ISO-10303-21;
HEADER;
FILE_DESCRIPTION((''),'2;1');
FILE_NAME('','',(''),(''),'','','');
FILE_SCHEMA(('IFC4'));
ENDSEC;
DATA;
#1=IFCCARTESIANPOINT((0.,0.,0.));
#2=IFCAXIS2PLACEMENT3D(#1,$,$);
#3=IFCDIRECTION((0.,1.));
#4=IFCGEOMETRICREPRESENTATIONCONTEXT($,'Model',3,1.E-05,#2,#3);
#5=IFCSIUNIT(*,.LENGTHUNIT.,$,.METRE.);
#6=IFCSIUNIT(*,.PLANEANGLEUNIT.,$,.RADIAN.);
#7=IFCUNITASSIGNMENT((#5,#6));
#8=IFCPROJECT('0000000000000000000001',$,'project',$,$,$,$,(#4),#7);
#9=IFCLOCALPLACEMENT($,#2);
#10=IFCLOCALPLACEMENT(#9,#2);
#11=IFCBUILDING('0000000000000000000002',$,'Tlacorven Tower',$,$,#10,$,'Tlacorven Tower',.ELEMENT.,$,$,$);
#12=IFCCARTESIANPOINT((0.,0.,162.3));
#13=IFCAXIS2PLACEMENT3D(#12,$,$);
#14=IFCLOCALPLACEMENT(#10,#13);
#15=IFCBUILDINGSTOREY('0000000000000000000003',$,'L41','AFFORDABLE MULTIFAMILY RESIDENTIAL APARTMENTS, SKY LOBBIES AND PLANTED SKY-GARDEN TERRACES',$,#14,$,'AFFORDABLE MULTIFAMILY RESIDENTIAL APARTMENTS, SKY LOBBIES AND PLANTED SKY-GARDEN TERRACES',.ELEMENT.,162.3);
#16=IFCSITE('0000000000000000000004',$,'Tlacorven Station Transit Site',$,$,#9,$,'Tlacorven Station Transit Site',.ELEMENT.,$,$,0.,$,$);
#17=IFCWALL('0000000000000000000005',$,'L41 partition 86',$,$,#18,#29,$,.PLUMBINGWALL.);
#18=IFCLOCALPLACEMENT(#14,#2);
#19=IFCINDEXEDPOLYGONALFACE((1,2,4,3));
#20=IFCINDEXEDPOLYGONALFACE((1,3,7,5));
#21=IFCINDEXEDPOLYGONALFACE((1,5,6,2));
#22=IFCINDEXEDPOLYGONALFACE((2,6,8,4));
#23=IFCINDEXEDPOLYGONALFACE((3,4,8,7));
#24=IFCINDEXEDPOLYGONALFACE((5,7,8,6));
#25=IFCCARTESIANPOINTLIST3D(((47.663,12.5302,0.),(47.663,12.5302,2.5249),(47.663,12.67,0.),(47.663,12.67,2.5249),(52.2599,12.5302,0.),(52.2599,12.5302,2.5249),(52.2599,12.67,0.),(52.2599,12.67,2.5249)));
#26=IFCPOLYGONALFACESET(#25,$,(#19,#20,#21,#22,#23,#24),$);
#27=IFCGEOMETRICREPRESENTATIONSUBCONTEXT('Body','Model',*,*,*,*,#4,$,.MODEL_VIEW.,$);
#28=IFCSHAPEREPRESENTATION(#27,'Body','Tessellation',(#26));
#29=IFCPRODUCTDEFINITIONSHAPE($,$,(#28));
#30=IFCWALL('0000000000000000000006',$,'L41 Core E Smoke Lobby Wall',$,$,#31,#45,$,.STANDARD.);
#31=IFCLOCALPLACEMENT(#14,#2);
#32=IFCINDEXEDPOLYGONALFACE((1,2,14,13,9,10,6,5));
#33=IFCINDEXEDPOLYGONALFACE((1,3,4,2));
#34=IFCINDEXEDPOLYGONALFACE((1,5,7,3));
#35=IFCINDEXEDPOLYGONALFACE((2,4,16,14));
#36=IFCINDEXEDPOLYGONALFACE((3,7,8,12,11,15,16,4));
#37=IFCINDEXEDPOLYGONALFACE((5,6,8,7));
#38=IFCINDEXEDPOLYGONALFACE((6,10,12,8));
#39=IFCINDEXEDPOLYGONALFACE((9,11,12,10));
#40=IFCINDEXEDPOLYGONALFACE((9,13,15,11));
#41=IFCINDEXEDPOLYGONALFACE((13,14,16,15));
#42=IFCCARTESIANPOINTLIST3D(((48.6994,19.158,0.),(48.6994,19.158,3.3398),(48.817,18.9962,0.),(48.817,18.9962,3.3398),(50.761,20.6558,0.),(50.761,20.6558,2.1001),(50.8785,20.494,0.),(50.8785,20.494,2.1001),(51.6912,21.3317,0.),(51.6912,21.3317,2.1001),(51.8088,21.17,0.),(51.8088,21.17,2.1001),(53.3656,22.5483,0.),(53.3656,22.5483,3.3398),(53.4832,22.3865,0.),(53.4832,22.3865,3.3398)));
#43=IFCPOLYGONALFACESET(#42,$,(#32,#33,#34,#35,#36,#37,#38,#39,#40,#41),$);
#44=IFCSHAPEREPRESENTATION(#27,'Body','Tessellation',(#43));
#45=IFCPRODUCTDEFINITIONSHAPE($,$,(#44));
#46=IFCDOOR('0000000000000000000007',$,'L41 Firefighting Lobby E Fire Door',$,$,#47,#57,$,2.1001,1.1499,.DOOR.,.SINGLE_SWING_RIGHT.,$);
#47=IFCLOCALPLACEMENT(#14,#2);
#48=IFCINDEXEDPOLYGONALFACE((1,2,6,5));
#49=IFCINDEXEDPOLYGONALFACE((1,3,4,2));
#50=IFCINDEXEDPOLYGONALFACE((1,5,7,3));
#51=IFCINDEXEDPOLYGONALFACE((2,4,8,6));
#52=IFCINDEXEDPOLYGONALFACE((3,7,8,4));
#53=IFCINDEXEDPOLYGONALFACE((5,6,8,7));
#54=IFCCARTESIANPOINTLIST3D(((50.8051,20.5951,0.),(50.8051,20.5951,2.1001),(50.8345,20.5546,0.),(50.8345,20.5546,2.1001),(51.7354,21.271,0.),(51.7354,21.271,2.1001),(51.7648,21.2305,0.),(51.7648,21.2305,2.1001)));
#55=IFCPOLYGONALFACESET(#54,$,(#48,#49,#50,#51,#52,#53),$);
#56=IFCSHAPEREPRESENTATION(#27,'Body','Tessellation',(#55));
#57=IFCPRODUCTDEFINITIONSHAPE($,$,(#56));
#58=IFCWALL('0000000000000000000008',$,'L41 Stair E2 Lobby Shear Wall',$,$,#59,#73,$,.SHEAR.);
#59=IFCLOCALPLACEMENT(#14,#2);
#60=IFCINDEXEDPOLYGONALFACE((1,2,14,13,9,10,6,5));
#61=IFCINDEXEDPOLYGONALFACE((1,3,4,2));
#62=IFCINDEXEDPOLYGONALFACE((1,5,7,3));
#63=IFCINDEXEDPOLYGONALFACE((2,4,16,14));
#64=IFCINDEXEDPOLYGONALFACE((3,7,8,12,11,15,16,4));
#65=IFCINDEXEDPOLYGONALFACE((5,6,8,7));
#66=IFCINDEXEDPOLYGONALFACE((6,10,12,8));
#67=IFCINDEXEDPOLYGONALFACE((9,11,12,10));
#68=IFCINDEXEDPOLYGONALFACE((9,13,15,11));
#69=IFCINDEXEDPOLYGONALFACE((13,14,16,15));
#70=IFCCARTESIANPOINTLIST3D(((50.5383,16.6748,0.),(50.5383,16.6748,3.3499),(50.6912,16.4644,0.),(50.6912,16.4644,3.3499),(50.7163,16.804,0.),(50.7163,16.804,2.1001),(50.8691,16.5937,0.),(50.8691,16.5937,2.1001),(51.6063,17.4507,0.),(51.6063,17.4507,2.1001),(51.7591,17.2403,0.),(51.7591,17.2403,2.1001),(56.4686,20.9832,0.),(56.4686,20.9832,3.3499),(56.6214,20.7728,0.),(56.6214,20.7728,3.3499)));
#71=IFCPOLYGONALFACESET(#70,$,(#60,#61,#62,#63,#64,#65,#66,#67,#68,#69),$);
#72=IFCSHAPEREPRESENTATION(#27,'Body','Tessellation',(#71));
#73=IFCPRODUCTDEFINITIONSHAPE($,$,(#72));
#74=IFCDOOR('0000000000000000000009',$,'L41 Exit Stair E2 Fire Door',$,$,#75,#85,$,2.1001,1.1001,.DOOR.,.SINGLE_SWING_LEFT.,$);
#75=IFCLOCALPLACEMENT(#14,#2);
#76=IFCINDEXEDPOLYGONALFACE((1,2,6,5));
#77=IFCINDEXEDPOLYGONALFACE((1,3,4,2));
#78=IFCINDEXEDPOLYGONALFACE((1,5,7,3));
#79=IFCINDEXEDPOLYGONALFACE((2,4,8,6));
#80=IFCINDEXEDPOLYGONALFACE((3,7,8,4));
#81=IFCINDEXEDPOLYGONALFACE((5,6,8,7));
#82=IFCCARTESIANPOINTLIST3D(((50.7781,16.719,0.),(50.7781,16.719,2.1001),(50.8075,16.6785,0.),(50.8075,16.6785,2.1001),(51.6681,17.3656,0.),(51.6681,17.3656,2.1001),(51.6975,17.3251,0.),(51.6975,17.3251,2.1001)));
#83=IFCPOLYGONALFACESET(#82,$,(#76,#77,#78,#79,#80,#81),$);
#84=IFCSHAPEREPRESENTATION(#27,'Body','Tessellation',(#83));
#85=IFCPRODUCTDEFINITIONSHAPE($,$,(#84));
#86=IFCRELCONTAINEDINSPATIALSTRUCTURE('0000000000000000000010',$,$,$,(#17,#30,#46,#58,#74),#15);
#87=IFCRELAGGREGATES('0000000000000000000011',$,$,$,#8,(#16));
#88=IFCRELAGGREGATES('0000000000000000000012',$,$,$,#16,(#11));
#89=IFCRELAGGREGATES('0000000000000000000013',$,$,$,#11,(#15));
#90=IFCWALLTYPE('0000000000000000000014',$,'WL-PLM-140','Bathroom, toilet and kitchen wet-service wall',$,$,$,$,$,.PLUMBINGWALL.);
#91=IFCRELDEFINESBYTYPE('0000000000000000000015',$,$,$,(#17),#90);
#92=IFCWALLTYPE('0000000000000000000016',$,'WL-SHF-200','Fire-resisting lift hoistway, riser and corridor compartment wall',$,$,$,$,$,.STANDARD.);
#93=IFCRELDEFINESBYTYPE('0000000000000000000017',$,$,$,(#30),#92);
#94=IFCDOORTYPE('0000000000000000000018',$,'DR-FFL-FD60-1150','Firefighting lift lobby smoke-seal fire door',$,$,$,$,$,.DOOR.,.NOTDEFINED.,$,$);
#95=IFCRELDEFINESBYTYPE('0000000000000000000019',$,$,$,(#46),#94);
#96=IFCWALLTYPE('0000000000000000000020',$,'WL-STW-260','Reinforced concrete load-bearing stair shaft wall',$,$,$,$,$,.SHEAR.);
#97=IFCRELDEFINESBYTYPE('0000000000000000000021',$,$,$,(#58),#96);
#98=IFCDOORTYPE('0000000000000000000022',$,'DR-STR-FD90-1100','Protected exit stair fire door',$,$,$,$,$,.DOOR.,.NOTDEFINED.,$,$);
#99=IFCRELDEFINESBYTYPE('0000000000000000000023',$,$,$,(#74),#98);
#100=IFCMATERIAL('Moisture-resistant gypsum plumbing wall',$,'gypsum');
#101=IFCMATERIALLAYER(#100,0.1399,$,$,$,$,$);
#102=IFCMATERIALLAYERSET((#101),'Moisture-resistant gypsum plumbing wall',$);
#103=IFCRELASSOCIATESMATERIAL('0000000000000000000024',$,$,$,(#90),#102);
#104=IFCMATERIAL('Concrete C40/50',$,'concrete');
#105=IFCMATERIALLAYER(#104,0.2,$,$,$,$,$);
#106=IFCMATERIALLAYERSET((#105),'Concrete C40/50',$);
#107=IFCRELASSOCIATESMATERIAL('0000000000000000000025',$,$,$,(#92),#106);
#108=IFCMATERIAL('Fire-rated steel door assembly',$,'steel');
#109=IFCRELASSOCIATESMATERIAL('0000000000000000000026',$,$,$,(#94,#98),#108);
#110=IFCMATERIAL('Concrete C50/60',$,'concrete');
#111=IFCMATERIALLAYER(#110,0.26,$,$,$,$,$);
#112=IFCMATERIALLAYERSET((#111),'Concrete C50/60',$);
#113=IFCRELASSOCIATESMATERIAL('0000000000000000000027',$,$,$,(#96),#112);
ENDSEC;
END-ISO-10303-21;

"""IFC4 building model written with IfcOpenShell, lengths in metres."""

from ifc_helpers import new_model, si_unit, direction, frame, frame_2d, origin, place, context, subcontext, project, spatial, rectangle, extrude, source, transform, mapped, material, layer, layer_set, type_object, element, fill, save


model = new_model("IFC4")

# Units and contexts
model_context = context("Model", 3, precision=1e-05, world=origin(), true_north=direction((0.0, 1.0)))
body_context = subcontext(model_context, "Body", "Model", "MODEL_VIEW")
ifc_project = project(units=[si_unit("LENGTHUNIT", "METRE"), si_unit("PLANEANGLEUNIT", "RADIAN")], contexts=[model_context])

# Site, building, storey
site_placement = place(None, origin())
site = spatial("IfcSite", under=ifc_project, at=site_placement, Name="Tlacorven Station Transit Site", LongName="Tlacorven Station Transit Site", CompositionType="ELEMENT", RefElevation=0.0)
building_placement = place(site_placement, origin())
building = spatial("IfcBuilding", under=site, at=building_placement, Name="Tlacorven Tower", LongName="Tlacorven Tower", CompositionType="ELEMENT")
storey_placement = place(building_placement, frame((0.0, 0.0, 162.3)))
storey = spatial("IfcBuildingStorey", under=building, at=storey_placement, Name="L41", Description="AFFORDABLE MULTIFAMILY RESIDENTIAL APARTMENTS, SKY LOBBIES AND PLANTED SKY-GARDEN TERRACES", LongName="AFFORDABLE MULTIFAMILY RESIDENTIAL APARTMENTS, SKY LOBBIES AND PLANTED SKY-GARDEN TERRACES", CompositionType="ELEMENT", Elevation=162.3)

# Wall
ifc_material_1 = material(Name="Moisture-resistant gypsum plumbing wall", Category="gypsum")
ifc_layer_1 = layer(ifc_material_1, 0.1399)
ifc_layer_set_1 = layer_set([ifc_layer_1], Name="Moisture-resistant gypsum plumbing wall")
wall_type_1 = type_object("IfcWallType", Name="WL-PLM-140", Description="Bathroom, toilet and kitchen wet-service wall", PredefinedType="PLUMBINGWALL", material=ifc_layer_set_1)
wall_1_placement = place(storey_placement, frame((47.6631, 12.6001, 0.0), z_axis=(0.0, 0.0, 1.0), x_axis=(1.0, 0.0, 0.0)))
element("IfcWall", 1, at=wall_1_placement, inside=storey, type_object=wall_type_1, Name="L41 partition 86", PredefinedType="PLUMBINGWALL", context=body_context, shape_type="SweptSolid", body=[
    extrude(rectangle(XDim=4.5969, YDim=0.1399, at=frame_2d((2.2983, 0.0))), origin(), (0.0, 0.0, 1.0), 2.5249),
])

# Walls, openings, doors
ifc_material_2 = material(Name="Concrete C40/50", Category="concrete")
ifc_layer_2 = layer(ifc_material_2, 0.2)
ifc_layer_set_2 = layer_set([ifc_layer_2], Name="Concrete C40/50")
wall_type_2 = type_object("IfcWallType", Name="WL-SHF-200", Description="Fire-resisting lift hoistway, riser and corridor compartment wall", PredefinedType="STANDARD", material=ifc_layer_set_2)
wall_2_placement = place(storey_placement, frame((48.7583, 19.0771, 0.0), z_axis=(0.0, 0.0, 1.0), x_axis=(0.809005, 0.587802, 0.0)))
wall_2 = element("IfcWall", 2, at=wall_2_placement, inside=storey, type_object=wall_type_2, Name="L41 Core E Smoke Lobby Wall", PredefinedType="STANDARD", context=body_context, shape_type="SweptSolid", body=[
    extrude(rectangle(XDim=5.7678, YDim=0.2, at=frame_2d((2.8838, 0.0))), origin(), (0.0, 0.0, 1.0), 3.3398),
])
opening_1_placement = place(wall_2_placement, frame((2.5481, 0.0, 0.0)))
opening_1 = element("IfcOpeningElement", 3, at=opening_1_placement, cuts=wall_2, PredefinedType="OPENING", context=body_context, shape_type="SweptSolid", body=[
    extrude(rectangle(XDim=1.1499, YDim=2.1001, at=frame_2d((0.575, 1.05))), frame((0.0, 0.1099, 0.0), z_axis=(0.0, -1.0, 0.0), x_axis=(1.0, 0.0, 0.0)), (0.0, 0.0, 1.0), 0.22),
])
ifc_material_3 = material(Name="Fire-rated steel door assembly", Category="steel")
door_type_1 = type_object("IfcDoorType", Name="DR-FFL-FD60-1150", Description="Firefighting lift lobby smoke-seal fire door", OperationType="NOTDEFINED", PredefinedType="DOOR", material=ifc_material_3)
shared_shape_1 = source(origin(), body_context, "Body", "SweptSolid", [
    extrude(rectangle(XDim=1.1499, YDim=2.1001, at=frame_2d((0.575, 1.05))), frame((0.0, 0.0249, 0.0), z_axis=(0.0, -1.0, 0.0), x_axis=(1.0, 0.0, 0.0)), (0.0, 0.0, 1.0), 0.05),
])
door_1_placement = place(opening_1_placement, origin())
door_1 = element("IfcDoor", 4, at=door_1_placement, inside=storey, type_object=door_type_1, Name="L41 Firefighting Lobby E Fire Door", OperationType="SINGLE_SWING_RIGHT", OverallHeight=2.1001, OverallWidth=1.1499, PredefinedType="DOOR", context=body_context, shape_type="MappedRepresentation", body=[
    mapped(shared_shape_1, transform((0.0, 0.0, 0.0), scale=1.0)),
])
fill(opening_1, door_1)
ifc_material_4 = material(Name="Concrete C50/60", Category="concrete")
ifc_layer_3 = layer(ifc_material_4, 0.26)
ifc_layer_set_3 = layer_set([ifc_layer_3], Name="Concrete C50/60")
wall_type_3 = type_object("IfcWallType", Name="WL-STW-260", Description="Reinforced concrete load-bearing stair shaft wall", PredefinedType="SHEAR", material=ifc_layer_set_3)
wall_3_placement = place(storey_placement, frame((50.6147, 16.5696, 0.0), z_axis=(0.0, 0.0, 1.0), x_axis=(0.809028, 0.58777, 0.0)))
wall_3 = element("IfcWall", 5, at=wall_3_placement, inside=storey, type_object=wall_type_3, Name="L41 Stair E2 Lobby Shear Wall", PredefinedType="SHEAR", context=body_context, shape_type="SweptSolid", body=[
    extrude(rectangle(XDim=7.3301, YDim=0.26, at=frame_2d((3.665, 0.0))), origin(), (0.0, 0.0, 1.0), 3.3499),
])
opening_2_placement = place(wall_3_placement, frame((0.22, 0.0, 0.0)))
opening_2 = element("IfcOpeningElement", 6, at=opening_2_placement, cuts=wall_3, PredefinedType="OPENING", context=body_context, shape_type="SweptSolid", body=[
    extrude(rectangle(XDim=1.1001, YDim=2.1001, at=frame_2d((0.55, 1.05))), frame((0.0, 0.1401, 0.0), z_axis=(0.0, -1.0, 0.0), x_axis=(1.0, 0.0, 0.0)), (0.0, 0.0, 1.0), 0.28),
])
door_type_2 = type_object("IfcDoorType", Name="DR-STR-FD90-1100", Description="Protected exit stair fire door", OperationType="NOTDEFINED", PredefinedType="DOOR", material=ifc_material_3)
shared_shape_2 = source(origin(), body_context, "Body", "SweptSolid", [
    extrude(rectangle(XDim=1.1001, YDim=2.1001, at=frame_2d((0.55, 1.05))), frame((0.0, 0.0249, 0.0), z_axis=(0.0, -1.0, 0.0), x_axis=(1.0, 0.0, 0.0)), (0.0, 0.0, 1.0), 0.05),
])
door_2_placement = place(opening_2_placement, origin())
door_2 = element("IfcDoor", 7, at=door_2_placement, inside=storey, type_object=door_type_2, Name="L41 Exit Stair E2 Fire Door", OperationType="SINGLE_SWING_LEFT", OverallHeight=2.1001, OverallWidth=1.1001, PredefinedType="DOOR", context=body_context, shape_type="MappedRepresentation", body=[
    mapped(shared_shape_2, transform((0.0, 0.0, 0.0), scale=1.0)),
])
fill(opening_2, door_2)

save(model, "model.ifc")
